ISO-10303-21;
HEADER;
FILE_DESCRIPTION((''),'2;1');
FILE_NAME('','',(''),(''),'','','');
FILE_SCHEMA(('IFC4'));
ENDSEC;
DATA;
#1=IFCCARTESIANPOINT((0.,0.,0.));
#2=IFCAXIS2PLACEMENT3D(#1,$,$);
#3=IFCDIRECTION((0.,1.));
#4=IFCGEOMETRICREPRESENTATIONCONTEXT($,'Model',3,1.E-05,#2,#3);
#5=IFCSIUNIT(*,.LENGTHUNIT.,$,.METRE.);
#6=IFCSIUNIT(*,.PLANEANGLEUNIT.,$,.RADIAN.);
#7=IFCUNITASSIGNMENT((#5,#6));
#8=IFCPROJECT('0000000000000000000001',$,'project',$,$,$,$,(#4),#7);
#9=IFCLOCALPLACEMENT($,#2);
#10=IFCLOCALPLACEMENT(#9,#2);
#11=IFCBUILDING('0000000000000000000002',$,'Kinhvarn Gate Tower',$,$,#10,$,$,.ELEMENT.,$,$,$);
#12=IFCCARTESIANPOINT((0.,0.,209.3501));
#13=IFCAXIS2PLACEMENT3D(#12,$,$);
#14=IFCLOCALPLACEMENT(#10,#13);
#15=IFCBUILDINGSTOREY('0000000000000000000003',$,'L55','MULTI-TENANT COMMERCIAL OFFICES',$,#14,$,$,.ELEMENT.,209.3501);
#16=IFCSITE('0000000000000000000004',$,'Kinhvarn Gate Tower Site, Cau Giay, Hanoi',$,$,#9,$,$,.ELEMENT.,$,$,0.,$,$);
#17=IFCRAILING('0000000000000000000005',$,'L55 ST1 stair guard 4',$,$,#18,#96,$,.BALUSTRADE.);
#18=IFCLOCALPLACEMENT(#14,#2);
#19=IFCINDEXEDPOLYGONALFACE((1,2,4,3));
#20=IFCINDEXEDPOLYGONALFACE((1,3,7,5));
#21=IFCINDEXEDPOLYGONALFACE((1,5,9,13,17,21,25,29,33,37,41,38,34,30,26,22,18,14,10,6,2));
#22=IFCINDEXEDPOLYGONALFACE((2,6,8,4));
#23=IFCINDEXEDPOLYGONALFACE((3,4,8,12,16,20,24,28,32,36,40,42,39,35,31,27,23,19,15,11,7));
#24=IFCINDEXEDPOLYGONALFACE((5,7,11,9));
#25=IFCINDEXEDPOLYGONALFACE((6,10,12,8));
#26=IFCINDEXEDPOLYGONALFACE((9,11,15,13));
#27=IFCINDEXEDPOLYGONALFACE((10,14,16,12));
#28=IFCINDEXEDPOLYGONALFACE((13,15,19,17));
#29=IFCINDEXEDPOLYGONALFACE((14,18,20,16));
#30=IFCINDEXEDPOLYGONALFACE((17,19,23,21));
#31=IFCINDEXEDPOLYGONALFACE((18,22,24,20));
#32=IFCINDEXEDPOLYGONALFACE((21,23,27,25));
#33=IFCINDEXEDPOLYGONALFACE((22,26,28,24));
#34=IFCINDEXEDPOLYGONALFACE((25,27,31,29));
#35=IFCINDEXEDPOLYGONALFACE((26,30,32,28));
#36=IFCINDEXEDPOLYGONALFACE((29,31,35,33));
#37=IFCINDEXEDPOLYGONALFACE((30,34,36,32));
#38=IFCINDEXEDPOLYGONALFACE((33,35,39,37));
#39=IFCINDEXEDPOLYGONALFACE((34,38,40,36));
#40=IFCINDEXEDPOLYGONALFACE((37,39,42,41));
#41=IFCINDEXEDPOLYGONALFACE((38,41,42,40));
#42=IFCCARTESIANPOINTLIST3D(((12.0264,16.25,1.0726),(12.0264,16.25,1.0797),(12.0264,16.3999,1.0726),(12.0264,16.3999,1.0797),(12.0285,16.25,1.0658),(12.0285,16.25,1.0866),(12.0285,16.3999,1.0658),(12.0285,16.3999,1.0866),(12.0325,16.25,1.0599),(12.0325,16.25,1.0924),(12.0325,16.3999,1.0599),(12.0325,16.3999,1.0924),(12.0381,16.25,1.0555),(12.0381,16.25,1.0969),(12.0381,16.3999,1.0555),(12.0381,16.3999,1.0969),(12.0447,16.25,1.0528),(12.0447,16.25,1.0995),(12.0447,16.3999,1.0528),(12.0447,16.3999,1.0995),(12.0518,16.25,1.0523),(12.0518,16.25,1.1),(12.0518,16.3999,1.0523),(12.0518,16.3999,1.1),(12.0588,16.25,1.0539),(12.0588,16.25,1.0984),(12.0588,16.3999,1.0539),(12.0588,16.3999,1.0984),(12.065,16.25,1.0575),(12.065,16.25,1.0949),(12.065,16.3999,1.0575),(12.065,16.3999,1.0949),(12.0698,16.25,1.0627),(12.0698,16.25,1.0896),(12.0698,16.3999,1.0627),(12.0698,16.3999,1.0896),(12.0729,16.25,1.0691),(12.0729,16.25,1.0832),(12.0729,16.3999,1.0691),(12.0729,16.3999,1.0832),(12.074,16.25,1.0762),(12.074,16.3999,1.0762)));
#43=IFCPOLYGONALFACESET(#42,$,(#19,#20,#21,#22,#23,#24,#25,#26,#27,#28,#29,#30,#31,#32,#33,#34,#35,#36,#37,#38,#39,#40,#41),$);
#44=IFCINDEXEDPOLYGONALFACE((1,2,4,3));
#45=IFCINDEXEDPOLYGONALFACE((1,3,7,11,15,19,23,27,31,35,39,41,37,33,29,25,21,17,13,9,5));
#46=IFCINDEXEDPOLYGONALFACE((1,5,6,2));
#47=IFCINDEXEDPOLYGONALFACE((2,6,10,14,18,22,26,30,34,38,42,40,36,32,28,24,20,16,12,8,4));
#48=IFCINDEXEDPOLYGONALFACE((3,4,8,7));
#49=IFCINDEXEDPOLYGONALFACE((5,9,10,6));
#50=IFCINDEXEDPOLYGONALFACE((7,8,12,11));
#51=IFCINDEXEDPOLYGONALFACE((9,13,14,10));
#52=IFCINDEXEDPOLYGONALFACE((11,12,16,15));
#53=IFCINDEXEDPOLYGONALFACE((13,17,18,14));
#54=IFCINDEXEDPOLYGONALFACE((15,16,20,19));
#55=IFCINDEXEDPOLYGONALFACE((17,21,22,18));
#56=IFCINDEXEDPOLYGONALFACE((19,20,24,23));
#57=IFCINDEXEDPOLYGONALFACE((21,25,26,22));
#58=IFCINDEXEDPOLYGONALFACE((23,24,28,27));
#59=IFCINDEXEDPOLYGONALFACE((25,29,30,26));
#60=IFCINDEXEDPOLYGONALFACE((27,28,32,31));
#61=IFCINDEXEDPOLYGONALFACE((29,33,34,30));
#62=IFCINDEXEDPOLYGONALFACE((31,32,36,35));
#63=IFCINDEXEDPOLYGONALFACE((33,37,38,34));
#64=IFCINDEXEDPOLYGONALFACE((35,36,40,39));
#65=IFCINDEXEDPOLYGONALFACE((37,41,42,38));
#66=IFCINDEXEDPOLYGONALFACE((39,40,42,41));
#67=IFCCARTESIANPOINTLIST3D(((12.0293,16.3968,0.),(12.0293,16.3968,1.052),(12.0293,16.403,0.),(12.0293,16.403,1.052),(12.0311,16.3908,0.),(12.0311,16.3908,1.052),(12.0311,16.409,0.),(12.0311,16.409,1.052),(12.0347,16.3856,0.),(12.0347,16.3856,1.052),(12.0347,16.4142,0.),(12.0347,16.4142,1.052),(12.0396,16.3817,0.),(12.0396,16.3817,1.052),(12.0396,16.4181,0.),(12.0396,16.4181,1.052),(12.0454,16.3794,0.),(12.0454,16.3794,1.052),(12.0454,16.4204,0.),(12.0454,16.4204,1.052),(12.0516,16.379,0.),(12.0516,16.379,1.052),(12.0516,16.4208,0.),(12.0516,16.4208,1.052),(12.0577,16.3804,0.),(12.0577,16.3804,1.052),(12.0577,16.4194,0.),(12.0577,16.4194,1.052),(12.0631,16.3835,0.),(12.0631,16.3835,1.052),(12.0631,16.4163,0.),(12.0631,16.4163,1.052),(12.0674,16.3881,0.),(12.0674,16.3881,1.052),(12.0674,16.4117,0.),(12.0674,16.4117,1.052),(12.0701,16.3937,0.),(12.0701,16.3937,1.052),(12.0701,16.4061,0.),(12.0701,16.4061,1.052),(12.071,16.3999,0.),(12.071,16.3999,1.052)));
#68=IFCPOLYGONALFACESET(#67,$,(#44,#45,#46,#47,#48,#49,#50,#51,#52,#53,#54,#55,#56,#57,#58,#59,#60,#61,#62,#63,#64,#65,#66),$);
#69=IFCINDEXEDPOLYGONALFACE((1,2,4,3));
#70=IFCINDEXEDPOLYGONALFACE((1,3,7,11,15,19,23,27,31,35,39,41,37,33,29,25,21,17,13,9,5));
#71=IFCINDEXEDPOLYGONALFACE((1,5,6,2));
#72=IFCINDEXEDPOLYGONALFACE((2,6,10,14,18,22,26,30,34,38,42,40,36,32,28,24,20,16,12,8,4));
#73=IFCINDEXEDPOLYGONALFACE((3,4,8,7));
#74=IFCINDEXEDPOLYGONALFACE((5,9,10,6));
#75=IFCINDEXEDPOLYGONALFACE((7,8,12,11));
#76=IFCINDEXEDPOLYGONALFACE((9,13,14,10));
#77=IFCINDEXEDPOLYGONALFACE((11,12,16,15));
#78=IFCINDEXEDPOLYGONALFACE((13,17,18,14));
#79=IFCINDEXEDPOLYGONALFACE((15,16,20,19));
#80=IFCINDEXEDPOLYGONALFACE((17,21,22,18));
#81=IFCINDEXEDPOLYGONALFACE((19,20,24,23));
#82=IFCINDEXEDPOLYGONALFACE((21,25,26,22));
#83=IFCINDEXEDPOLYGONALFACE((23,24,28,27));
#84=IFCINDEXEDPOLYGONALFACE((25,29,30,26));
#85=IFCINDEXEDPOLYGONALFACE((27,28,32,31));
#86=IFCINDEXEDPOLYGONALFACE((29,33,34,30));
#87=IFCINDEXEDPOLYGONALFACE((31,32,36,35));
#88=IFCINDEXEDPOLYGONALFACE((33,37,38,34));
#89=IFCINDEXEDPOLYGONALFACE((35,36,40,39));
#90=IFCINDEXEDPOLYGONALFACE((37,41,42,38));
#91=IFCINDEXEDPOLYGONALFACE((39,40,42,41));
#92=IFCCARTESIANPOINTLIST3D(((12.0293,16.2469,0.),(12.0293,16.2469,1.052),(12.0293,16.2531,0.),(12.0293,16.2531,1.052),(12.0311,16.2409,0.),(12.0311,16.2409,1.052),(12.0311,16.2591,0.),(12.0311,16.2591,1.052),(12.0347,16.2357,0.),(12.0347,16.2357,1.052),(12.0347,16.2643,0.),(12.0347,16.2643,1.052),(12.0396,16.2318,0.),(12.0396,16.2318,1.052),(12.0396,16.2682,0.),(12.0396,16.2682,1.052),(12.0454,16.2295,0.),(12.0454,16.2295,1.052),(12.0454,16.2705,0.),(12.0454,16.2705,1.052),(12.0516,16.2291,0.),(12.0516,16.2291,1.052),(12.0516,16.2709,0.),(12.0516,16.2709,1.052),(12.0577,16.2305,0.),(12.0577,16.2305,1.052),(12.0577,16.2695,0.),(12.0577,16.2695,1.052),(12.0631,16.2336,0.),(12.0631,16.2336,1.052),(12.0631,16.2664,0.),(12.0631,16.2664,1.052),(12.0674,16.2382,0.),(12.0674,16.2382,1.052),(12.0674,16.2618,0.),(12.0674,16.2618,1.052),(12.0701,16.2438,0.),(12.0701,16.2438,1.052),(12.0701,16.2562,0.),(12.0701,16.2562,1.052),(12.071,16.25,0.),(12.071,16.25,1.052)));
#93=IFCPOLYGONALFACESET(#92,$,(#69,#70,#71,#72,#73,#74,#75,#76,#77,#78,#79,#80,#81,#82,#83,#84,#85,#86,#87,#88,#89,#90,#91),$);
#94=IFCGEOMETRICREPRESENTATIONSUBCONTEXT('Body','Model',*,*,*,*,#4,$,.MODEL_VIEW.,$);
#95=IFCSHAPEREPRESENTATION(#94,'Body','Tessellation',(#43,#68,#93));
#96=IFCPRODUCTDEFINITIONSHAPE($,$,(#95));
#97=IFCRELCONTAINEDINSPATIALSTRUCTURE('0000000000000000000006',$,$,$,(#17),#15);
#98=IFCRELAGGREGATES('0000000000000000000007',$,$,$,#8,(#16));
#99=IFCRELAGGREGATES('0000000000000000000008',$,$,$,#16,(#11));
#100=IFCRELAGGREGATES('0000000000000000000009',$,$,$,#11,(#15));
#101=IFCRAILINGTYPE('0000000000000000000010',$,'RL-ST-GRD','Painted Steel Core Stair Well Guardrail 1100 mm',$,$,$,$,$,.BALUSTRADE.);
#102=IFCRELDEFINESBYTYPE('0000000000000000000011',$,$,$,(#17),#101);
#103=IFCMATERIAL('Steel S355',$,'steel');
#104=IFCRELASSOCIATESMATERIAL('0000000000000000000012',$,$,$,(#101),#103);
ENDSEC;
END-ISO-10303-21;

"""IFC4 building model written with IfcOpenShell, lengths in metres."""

from ifc_helpers import new_model, si_unit, direction, frame, origin, origin_2d, place, context, subcontext, project, spatial, circle, extrude, material, type_object, element, save


model = new_model("IFC4")

# Units and contexts
model_context = context("Model", 3, precision=1e-05, world=origin(), true_north=direction((0.0, 1.0)))
body_context = subcontext(model_context, "Body", "Model", "MODEL_VIEW")
ifc_project = project(units=[si_unit("LENGTHUNIT", "METRE"), si_unit("PLANEANGLEUNIT", "RADIAN")], contexts=[model_context])

# Site, building, storey
site_placement = place(None, origin())
site = spatial("IfcSite", under=ifc_project, at=site_placement, Name="Kinhvarn Gate Tower Site, Cau Giay, Hanoi", CompositionType="ELEMENT", RefElevation=0.0)
building_placement = place(site_placement, origin())
building = spatial("IfcBuilding", under=site, at=building_placement, Name="Kinhvarn Gate Tower", CompositionType="ELEMENT")
storey_placement = place(building_placement, frame((0.0, 0.0, 209.3501)))
storey = spatial("IfcBuildingStorey", under=building, at=storey_placement, Name="L55", Description="MULTI-TENANT COMMERCIAL OFFICES", CompositionType="ELEMENT", Elevation=209.3501)

# Shared definitions
ifc_material_1 = material(Name="Steel S355", Category="steel")

# Railing
railing_type_1 = type_object("IfcRailingType", Name="RL-ST-GRD", Description="Painted Steel Core Stair Well Guardrail 1100 mm", PredefinedType="BALUSTRADE", material=ifc_material_1)
railing_1_placement = place(storey_placement, frame((12.05, 16.3999, 0.0)))
element("IfcRailing", 1, at=railing_1_placement, inside=storey, type_object=railing_type_1, Name="L55 ST1 stair guard 4", PredefinedType="BALUSTRADE", context=body_context, shape_type="SweptSolid", body=[
    extrude(circle(Radius=0.0239, at=origin_2d()), frame((0.0, 0.0, 1.0762), z_axis=(0.0, -1.0, 0.0), x_axis=(1.0, 0.0, 0.0)), (0.0, 0.0, 1.0), 0.1499),
    extrude(circle(Radius=0.021, at=origin_2d()), origin(), (0.0, 0.0, 1.0), 1.052),
    extrude(circle(Radius=0.021, at=origin_2d()), frame((0.0, -0.1499, 0.0)), (0.0, 0.0, 1.0), 1.052),
])

save(model, "model.ifc")
